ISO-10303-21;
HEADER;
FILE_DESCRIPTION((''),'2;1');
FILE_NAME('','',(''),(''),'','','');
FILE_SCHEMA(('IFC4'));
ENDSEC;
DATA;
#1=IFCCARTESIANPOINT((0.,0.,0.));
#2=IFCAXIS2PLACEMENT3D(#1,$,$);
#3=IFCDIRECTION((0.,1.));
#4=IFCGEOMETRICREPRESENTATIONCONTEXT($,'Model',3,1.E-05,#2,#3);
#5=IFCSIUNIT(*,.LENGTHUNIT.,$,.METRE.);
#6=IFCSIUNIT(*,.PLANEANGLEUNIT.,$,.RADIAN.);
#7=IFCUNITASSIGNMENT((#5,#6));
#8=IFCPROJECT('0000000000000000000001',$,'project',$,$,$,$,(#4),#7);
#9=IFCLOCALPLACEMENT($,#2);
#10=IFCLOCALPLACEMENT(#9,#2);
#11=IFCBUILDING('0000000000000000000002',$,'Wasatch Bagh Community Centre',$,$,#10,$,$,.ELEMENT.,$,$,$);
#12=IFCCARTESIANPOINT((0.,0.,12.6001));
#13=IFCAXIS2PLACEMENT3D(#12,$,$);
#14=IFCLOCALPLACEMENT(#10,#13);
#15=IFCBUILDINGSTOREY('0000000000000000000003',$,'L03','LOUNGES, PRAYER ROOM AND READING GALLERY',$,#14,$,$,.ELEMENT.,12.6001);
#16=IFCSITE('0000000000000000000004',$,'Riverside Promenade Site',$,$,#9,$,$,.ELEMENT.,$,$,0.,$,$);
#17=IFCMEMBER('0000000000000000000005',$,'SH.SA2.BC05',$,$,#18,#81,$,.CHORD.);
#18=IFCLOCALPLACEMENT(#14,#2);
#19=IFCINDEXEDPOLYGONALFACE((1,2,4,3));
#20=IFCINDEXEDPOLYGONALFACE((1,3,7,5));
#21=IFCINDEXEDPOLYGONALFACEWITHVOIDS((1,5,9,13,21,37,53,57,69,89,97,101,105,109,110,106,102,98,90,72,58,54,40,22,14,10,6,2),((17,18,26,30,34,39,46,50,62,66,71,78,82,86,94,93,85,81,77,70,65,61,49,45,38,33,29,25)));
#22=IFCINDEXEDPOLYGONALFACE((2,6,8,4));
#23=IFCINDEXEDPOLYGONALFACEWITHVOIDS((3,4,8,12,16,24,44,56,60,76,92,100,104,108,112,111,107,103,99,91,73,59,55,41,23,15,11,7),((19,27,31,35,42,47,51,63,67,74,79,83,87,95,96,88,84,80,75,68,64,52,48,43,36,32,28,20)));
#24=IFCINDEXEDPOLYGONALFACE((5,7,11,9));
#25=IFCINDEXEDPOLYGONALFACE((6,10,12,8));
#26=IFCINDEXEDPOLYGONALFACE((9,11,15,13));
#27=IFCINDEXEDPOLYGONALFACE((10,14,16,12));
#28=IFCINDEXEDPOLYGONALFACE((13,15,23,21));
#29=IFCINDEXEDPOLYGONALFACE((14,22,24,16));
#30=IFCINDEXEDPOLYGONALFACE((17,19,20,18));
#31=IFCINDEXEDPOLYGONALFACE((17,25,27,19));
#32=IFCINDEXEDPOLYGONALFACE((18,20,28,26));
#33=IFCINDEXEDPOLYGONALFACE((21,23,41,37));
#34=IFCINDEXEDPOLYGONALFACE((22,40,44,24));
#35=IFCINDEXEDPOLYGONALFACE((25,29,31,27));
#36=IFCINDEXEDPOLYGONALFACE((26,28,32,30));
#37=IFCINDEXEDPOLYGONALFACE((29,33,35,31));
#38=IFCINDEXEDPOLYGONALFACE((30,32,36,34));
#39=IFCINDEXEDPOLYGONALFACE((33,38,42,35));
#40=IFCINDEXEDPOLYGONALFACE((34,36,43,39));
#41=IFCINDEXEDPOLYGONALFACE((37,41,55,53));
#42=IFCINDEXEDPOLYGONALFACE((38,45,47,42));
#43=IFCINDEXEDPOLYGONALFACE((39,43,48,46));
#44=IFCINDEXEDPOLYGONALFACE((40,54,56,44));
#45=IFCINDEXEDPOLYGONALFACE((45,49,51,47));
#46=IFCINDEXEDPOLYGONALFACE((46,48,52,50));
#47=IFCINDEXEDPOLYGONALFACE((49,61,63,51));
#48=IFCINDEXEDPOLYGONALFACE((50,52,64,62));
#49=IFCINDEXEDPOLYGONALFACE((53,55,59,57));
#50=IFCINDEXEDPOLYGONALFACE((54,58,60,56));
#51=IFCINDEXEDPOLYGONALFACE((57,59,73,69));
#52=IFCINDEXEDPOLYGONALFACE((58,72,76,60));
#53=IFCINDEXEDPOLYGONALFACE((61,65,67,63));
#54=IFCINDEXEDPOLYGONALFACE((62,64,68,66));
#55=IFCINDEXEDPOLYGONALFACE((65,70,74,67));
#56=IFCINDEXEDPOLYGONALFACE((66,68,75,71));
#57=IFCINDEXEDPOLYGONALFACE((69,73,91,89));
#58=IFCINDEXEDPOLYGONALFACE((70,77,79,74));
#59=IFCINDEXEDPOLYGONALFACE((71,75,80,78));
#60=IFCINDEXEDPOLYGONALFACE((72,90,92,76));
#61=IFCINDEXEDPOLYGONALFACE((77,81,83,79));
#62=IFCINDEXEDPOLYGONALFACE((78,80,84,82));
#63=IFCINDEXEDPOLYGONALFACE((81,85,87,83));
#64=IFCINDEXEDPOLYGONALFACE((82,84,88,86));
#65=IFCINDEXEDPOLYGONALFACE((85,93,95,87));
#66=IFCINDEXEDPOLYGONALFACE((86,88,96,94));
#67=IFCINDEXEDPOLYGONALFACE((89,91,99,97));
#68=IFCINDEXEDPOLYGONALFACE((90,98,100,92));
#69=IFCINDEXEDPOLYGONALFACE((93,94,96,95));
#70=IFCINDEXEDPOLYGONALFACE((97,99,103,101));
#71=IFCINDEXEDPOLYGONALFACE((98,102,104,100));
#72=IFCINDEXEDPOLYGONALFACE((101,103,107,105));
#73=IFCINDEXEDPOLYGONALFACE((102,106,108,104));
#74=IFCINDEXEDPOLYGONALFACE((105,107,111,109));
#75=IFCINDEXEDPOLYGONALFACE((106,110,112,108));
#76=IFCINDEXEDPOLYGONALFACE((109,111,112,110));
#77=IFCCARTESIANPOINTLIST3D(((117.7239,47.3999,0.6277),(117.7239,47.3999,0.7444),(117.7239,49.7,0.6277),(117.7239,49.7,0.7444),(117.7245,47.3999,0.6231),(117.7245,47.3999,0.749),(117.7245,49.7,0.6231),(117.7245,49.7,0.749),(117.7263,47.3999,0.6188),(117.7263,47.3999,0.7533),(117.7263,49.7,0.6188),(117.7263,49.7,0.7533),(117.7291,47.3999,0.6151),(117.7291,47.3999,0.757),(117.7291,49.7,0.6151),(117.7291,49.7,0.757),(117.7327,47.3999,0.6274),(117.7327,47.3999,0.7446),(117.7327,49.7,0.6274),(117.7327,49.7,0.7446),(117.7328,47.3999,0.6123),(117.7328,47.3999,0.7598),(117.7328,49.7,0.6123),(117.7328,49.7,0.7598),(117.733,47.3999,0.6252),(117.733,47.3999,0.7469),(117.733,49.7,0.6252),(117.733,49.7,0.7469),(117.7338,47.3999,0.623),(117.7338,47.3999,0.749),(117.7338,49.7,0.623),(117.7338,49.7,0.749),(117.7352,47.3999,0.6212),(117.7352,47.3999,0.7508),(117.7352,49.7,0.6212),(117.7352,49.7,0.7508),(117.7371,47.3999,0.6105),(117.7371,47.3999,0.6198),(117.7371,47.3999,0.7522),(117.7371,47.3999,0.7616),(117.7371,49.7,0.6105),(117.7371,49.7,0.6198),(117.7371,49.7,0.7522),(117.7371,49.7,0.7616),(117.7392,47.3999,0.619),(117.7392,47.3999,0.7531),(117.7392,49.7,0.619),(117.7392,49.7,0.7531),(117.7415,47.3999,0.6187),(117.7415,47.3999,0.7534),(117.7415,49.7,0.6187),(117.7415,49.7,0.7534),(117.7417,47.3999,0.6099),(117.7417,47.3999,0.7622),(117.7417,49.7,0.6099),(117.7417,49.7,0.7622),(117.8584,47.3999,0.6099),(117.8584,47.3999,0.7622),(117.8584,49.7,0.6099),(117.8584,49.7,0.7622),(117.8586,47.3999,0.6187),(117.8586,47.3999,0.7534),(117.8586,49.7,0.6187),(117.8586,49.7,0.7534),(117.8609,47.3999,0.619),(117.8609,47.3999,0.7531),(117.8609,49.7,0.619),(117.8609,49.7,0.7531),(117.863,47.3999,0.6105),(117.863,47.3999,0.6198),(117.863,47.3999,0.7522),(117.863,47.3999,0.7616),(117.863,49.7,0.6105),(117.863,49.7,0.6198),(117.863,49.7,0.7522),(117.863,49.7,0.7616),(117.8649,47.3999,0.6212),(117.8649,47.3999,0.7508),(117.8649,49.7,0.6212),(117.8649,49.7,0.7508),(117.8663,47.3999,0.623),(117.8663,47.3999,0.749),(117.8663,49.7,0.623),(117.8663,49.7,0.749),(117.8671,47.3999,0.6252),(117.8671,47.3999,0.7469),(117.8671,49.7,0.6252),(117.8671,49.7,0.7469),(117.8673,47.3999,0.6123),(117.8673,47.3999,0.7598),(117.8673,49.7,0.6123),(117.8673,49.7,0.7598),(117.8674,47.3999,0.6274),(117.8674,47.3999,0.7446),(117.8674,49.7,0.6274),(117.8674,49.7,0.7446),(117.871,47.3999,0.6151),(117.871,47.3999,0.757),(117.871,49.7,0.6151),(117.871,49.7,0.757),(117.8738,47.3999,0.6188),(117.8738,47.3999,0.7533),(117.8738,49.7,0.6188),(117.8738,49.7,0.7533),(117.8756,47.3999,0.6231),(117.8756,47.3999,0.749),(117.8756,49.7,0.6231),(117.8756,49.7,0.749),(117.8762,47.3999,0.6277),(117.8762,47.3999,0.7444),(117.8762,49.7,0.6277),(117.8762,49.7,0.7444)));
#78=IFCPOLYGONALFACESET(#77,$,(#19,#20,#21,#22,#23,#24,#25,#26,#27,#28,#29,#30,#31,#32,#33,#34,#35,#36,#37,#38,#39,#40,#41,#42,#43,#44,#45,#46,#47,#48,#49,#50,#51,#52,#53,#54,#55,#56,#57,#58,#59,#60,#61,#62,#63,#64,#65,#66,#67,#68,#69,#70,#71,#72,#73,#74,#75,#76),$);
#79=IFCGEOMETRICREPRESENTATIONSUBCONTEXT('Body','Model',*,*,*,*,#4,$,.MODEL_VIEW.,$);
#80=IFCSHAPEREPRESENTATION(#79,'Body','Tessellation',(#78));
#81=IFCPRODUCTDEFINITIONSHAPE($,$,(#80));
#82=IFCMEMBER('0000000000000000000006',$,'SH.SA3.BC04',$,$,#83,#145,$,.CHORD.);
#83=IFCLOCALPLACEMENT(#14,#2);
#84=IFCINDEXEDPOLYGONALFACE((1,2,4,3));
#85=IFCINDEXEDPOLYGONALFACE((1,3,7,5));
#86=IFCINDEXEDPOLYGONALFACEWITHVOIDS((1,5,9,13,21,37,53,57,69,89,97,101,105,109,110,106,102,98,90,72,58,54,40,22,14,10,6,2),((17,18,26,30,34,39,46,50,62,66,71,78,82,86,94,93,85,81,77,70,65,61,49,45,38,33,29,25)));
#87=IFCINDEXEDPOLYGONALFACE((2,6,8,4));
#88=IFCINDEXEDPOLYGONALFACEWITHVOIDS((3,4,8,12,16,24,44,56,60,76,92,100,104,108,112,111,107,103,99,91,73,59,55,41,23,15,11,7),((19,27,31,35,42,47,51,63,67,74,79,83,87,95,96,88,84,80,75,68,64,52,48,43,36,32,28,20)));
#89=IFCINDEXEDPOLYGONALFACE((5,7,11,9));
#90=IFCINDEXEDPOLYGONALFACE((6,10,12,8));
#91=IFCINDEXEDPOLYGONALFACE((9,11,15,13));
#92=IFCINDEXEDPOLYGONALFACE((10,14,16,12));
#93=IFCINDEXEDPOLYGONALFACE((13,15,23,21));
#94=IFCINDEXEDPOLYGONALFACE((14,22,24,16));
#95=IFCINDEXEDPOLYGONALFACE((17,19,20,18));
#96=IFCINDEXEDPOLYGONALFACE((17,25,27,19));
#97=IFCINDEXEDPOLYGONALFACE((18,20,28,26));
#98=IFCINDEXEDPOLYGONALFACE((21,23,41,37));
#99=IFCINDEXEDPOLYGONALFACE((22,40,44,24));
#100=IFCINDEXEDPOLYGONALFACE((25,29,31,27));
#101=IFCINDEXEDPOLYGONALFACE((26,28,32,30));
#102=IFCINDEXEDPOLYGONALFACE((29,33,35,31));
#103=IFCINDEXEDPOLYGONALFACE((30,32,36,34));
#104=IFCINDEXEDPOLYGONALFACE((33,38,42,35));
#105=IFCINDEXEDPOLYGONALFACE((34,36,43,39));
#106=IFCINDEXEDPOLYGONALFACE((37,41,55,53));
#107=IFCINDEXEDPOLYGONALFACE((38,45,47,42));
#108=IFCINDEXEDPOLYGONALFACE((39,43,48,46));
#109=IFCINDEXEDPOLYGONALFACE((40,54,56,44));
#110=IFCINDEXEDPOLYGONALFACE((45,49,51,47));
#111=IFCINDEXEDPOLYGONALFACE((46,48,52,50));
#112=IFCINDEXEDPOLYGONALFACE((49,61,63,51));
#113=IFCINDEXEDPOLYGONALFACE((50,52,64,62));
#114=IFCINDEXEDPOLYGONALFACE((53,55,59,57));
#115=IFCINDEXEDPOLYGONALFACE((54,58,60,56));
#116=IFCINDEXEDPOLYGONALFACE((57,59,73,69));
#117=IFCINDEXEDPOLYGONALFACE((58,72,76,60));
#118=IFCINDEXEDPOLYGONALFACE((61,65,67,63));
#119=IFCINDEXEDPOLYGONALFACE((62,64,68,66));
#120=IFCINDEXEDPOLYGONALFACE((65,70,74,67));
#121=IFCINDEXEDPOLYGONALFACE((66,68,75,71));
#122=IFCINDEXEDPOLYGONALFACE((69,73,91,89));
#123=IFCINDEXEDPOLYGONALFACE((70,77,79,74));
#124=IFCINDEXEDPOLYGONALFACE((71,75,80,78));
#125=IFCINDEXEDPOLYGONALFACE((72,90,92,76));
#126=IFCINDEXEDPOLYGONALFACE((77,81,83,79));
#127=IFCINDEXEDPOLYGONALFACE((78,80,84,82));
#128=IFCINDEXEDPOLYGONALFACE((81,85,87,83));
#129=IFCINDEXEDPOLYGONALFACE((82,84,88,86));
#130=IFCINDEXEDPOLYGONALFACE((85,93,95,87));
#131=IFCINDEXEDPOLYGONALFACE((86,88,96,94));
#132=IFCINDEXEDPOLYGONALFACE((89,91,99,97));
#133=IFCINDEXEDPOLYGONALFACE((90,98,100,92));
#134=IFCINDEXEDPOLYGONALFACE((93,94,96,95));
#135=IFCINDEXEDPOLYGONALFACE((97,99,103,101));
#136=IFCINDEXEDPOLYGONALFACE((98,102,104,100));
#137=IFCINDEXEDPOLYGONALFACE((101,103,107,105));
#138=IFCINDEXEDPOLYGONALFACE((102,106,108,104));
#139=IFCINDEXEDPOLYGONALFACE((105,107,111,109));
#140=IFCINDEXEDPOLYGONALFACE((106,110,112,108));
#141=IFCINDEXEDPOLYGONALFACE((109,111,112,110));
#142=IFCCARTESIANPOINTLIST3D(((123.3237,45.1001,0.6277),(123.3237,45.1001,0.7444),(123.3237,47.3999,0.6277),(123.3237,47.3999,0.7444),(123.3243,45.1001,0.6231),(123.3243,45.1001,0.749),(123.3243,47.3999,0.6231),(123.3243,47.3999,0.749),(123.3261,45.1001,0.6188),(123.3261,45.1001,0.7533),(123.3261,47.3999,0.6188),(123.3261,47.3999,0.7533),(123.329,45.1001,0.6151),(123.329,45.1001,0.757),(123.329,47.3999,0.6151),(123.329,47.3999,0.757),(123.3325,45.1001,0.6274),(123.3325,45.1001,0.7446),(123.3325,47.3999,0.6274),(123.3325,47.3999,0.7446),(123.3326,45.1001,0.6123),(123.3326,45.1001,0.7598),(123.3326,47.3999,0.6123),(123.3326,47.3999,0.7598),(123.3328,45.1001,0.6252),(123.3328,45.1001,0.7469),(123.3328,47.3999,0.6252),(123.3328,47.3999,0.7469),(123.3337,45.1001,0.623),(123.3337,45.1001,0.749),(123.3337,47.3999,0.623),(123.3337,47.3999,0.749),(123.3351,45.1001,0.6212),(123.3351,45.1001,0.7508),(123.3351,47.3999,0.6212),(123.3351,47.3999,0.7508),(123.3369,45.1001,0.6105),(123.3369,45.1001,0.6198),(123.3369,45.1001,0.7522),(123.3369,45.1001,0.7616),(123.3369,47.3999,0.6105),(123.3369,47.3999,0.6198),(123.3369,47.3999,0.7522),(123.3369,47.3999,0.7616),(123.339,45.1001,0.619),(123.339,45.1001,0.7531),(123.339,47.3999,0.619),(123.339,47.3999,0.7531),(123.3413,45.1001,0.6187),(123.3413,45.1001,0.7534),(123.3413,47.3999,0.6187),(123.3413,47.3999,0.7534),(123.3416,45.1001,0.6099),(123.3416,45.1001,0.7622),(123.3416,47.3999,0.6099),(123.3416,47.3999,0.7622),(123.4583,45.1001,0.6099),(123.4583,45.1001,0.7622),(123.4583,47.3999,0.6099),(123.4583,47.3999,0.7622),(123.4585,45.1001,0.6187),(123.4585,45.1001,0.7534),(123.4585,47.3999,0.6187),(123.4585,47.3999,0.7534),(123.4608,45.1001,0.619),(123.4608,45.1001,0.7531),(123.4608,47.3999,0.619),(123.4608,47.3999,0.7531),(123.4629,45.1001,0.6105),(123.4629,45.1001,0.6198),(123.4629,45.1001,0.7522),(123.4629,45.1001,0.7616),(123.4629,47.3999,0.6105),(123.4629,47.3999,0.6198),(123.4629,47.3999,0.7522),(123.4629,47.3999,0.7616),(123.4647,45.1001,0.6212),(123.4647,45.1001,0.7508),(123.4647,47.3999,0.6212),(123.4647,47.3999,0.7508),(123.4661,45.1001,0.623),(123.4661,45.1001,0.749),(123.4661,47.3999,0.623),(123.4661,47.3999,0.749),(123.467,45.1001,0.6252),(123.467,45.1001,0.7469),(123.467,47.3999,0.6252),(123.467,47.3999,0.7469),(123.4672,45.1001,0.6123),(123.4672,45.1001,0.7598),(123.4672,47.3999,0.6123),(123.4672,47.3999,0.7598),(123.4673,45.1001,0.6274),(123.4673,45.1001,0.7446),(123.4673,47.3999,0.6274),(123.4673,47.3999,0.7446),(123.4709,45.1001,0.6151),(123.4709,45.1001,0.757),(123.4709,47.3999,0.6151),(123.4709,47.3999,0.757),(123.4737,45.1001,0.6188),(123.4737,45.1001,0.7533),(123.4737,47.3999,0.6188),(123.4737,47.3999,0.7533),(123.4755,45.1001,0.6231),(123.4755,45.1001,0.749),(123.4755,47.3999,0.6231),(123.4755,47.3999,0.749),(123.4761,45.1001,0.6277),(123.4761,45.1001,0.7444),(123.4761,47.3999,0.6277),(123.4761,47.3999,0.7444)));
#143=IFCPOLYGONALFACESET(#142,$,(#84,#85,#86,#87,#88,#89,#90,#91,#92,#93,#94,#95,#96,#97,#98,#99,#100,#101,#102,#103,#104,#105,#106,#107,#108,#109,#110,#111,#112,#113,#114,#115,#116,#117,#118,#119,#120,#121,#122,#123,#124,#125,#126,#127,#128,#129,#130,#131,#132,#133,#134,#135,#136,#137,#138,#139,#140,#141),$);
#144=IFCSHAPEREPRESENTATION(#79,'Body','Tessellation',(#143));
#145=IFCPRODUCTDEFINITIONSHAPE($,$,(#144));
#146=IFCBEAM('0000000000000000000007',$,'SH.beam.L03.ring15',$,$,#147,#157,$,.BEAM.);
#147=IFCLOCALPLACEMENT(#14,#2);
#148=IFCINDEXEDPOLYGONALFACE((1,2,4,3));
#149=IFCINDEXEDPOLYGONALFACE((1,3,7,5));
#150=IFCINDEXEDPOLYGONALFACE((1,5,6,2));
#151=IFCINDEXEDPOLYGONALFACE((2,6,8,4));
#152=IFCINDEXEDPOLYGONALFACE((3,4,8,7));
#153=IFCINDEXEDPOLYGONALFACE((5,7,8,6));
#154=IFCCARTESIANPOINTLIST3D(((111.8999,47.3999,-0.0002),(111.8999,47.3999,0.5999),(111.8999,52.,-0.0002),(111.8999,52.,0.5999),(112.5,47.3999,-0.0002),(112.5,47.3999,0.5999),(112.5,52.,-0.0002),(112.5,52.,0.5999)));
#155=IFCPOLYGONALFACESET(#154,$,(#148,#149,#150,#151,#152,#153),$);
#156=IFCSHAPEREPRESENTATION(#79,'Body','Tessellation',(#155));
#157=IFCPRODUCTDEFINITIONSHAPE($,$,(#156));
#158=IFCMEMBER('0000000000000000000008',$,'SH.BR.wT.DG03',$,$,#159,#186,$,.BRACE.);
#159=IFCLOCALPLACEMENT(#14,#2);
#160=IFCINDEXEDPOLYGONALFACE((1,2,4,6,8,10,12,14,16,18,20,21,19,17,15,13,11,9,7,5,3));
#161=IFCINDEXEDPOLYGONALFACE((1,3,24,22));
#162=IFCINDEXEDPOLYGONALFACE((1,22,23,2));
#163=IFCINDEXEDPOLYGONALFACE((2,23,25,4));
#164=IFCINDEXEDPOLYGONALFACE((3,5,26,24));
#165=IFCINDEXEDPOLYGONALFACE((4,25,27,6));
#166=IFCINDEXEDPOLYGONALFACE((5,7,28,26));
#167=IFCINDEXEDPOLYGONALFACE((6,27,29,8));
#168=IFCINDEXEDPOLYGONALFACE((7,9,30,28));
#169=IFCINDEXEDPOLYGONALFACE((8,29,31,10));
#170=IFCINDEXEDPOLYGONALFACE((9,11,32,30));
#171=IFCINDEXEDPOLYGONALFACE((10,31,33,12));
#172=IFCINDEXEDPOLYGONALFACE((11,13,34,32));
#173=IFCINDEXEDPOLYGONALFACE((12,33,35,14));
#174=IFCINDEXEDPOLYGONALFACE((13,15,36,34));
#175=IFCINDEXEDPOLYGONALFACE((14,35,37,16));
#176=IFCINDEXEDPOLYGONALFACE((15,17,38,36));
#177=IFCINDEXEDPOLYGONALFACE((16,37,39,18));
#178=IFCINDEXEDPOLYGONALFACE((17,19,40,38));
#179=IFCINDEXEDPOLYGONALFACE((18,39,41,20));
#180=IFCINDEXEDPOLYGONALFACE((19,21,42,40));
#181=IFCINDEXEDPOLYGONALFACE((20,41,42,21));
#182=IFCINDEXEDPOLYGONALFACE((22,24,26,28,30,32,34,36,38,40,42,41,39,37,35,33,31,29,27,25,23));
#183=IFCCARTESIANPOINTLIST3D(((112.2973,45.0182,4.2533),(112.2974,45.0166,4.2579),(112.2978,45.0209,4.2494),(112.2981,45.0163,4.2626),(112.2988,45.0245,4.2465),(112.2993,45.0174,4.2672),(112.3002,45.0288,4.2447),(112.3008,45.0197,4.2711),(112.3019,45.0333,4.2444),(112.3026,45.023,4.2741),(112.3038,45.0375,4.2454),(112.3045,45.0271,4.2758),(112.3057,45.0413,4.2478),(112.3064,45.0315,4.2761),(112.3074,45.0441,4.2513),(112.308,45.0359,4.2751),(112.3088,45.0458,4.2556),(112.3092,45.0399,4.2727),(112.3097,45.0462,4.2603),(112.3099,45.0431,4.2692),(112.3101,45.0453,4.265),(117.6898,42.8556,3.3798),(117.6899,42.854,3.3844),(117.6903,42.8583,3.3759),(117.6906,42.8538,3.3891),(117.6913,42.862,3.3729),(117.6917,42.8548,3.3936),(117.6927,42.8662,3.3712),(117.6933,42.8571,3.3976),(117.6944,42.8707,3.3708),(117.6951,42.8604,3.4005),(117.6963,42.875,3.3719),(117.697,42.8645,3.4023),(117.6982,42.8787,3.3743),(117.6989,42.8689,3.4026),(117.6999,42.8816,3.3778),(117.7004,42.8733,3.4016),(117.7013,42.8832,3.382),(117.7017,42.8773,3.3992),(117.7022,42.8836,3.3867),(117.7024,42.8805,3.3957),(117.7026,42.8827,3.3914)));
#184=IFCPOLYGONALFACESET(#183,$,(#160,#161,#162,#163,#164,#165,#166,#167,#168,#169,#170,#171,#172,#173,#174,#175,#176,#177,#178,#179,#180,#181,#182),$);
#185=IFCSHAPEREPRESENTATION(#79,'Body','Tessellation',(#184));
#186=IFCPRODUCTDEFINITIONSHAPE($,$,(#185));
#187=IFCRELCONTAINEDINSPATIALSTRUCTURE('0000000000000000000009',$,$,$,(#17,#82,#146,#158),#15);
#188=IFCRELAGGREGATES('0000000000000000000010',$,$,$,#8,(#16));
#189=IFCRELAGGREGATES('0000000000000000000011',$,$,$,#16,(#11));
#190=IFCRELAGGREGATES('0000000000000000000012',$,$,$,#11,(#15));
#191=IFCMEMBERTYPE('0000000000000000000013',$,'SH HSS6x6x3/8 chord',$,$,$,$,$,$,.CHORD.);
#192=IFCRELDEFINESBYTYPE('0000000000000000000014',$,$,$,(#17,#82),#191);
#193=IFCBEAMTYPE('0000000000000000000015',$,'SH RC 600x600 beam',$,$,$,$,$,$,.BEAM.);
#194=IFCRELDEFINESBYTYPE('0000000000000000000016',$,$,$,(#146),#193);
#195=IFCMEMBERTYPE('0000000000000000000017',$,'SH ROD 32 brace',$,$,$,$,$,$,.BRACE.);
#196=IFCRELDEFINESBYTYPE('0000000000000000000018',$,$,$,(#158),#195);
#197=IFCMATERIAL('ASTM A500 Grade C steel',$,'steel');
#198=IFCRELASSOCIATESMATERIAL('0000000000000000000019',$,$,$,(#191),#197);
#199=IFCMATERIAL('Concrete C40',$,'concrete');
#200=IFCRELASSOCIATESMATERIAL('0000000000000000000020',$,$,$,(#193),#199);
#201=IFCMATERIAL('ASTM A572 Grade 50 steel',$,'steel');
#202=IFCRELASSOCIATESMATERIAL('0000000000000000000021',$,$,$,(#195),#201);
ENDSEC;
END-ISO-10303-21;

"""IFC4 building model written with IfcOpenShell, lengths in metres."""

from ifc_helpers import new_model, si_unit, direction, frame, origin, origin_2d, place, context, subcontext, project, spatial, rectangle, hollow_rectangle, circle, extrude, material, material_profile, profile_set, type_object, element, save


model = new_model("IFC4")

# Units and contexts
model_context = context("Model", 3, precision=1e-05, world=origin(), true_north=direction((0.0, 1.0)))
body_context = subcontext(model_context, "Body", "Model", "MODEL_VIEW")
ifc_project = project(units=[si_unit("LENGTHUNIT", "METRE"), si_unit("PLANEANGLEUNIT", "RADIAN")], contexts=[model_context])

# Site, building, storey
site_placement = place(None, origin())
site = spatial("IfcSite", under=ifc_project, at=site_placement, Name="Riverside Promenade Site", CompositionType="ELEMENT", RefElevation=0.0)
building_placement = place(site_placement, origin())
building = spatial("IfcBuilding", under=site, at=building_placement, Name="Wasatch Bagh Community Centre", CompositionType="ELEMENT")
storey_placement = place(building_placement, frame((0.0, 0.0, 12.6001)))
storey = spatial("IfcBuildingStorey", under=building, at=storey_placement, Name="L03", Description="LOUNGES, PRAYER ROOM AND READING GALLERY", CompositionType="ELEMENT", Elevation=12.6001)

# Members
ifc_material_1 = material(Name="ASTM A500 Grade C steel", Category="steel")
ifc_material_profile_1 = material_profile(ifc_material_1, hollow_rectangle(XDim=0.1523, YDim=0.1523, WallThickness=0.0088, InnerFilletRadius=0.0088, OuterFilletRadius=0.0178, at=origin_2d()), Name="HSS6x6x3/8")
ifc_profile_set_1 = profile_set([ifc_material_profile_1], Name="ASTM A500 Grade C steel")
member_type_1 = type_object("IfcMemberType", Name="SH HSS6x6x3/8 chord", PredefinedType="CHORD", material=ifc_profile_set_1)
member_1_placement = place(storey_placement, frame((117.8, 47.3999, 0.686), z_axis=(0.0, 1.0, 0.0), x_axis=(-1.0, 0.0, 0.0)))
element("IfcMember", 1, at=member_1_placement, inside=storey, type_object=member_type_1, Name="SH.SA2.BC05", PredefinedType="CHORD", context=body_context, shape_type="SweptSolid", body=[
    extrude(hollow_rectangle(XDim=0.1523, YDim=0.1523, WallThickness=0.0088, InnerFilletRadius=0.0088, OuterFilletRadius=0.0178, at=origin_2d()), origin(), (0.0, 0.0, 1.0), 2.3),
])
member_2_placement = place(storey_placement, frame((123.3999, 45.1001, 0.686), z_axis=(0.0, 1.0, 0.0), x_axis=(-1.0, 0.0, 0.0)))
element("IfcMember", 2, at=member_2_placement, inside=storey, type_object=member_type_1, Name="SH.SA3.BC04", PredefinedType="CHORD", context=body_context, shape_type="SweptSolid", body=[
    extrude(hollow_rectangle(XDim=0.1523, YDim=0.1523, WallThickness=0.0088, InnerFilletRadius=0.0088, OuterFilletRadius=0.0178, at=origin_2d()), origin(), (0.0, 0.0, 1.0), 2.2998),
])

# Beam
ifc_material_2 = material(Name="Concrete C40", Category="concrete")
ifc_material_profile_2 = material_profile(ifc_material_2, rectangle(XDim=0.6001, YDim=0.6001, at=origin_2d()), Name="RC 600x600")
ifc_profile_set_2 = profile_set([ifc_material_profile_2], Name="Concrete C40")
beam_type = type_object("IfcBeamType", Name="SH RC 600x600 beam", PredefinedType="BEAM", material=ifc_profile_set_2)
beam_placement = place(storey_placement, frame((112.2, 47.3999, 0.2998), z_axis=(0.0, 1.0, 0.0), x_axis=(-1.0, 0.0, 0.0)))
element("IfcBeam", 3, at=beam_placement, inside=storey, type_object=beam_type, Name="SH.beam.L03.ring15", PredefinedType="BEAM", context=body_context, shape_type="SweptSolid", body=[
    extrude(rectangle(XDim=0.6001, YDim=0.6001, at=origin_2d()), origin(), (0.0, 0.0, 1.0), 4.6001),
])

# Member
ifc_material_3 = material(Name="ASTM A572 Grade 50 steel", Category="steel")
ifc_material_profile_3 = material_profile(ifc_material_3, circle(Radius=0.0161, at=origin_2d()), Name="ROD 32")
ifc_profile_set_3 = profile_set([ifc_material_profile_3], Name="ASTM A572 Grade 50 steel")
member_type_2 = type_object("IfcMemberType", Name="SH ROD 32 brace", PredefinedType="BRACE", material=ifc_profile_set_3)
member_3_placement = place(storey_placement, frame((112.3037, 45.0312, 4.2603), z_axis=(0.91783, -0.36808, -0.148678), x_axis=(0.372216, 0.928146, 0.0)))
element("IfcMember", 4, at=member_3_placement, inside=storey, type_object=member_type_2, Name="SH.BR.wT.DG03", PredefinedType="BRACE", context=body_context, shape_type="SweptSolid", body=[
    extrude(circle(Radius=0.0161, at=origin_2d()), origin(), (0.0, 0.0, 1.0), 5.8752),
])

save(model, "model.ifc")
